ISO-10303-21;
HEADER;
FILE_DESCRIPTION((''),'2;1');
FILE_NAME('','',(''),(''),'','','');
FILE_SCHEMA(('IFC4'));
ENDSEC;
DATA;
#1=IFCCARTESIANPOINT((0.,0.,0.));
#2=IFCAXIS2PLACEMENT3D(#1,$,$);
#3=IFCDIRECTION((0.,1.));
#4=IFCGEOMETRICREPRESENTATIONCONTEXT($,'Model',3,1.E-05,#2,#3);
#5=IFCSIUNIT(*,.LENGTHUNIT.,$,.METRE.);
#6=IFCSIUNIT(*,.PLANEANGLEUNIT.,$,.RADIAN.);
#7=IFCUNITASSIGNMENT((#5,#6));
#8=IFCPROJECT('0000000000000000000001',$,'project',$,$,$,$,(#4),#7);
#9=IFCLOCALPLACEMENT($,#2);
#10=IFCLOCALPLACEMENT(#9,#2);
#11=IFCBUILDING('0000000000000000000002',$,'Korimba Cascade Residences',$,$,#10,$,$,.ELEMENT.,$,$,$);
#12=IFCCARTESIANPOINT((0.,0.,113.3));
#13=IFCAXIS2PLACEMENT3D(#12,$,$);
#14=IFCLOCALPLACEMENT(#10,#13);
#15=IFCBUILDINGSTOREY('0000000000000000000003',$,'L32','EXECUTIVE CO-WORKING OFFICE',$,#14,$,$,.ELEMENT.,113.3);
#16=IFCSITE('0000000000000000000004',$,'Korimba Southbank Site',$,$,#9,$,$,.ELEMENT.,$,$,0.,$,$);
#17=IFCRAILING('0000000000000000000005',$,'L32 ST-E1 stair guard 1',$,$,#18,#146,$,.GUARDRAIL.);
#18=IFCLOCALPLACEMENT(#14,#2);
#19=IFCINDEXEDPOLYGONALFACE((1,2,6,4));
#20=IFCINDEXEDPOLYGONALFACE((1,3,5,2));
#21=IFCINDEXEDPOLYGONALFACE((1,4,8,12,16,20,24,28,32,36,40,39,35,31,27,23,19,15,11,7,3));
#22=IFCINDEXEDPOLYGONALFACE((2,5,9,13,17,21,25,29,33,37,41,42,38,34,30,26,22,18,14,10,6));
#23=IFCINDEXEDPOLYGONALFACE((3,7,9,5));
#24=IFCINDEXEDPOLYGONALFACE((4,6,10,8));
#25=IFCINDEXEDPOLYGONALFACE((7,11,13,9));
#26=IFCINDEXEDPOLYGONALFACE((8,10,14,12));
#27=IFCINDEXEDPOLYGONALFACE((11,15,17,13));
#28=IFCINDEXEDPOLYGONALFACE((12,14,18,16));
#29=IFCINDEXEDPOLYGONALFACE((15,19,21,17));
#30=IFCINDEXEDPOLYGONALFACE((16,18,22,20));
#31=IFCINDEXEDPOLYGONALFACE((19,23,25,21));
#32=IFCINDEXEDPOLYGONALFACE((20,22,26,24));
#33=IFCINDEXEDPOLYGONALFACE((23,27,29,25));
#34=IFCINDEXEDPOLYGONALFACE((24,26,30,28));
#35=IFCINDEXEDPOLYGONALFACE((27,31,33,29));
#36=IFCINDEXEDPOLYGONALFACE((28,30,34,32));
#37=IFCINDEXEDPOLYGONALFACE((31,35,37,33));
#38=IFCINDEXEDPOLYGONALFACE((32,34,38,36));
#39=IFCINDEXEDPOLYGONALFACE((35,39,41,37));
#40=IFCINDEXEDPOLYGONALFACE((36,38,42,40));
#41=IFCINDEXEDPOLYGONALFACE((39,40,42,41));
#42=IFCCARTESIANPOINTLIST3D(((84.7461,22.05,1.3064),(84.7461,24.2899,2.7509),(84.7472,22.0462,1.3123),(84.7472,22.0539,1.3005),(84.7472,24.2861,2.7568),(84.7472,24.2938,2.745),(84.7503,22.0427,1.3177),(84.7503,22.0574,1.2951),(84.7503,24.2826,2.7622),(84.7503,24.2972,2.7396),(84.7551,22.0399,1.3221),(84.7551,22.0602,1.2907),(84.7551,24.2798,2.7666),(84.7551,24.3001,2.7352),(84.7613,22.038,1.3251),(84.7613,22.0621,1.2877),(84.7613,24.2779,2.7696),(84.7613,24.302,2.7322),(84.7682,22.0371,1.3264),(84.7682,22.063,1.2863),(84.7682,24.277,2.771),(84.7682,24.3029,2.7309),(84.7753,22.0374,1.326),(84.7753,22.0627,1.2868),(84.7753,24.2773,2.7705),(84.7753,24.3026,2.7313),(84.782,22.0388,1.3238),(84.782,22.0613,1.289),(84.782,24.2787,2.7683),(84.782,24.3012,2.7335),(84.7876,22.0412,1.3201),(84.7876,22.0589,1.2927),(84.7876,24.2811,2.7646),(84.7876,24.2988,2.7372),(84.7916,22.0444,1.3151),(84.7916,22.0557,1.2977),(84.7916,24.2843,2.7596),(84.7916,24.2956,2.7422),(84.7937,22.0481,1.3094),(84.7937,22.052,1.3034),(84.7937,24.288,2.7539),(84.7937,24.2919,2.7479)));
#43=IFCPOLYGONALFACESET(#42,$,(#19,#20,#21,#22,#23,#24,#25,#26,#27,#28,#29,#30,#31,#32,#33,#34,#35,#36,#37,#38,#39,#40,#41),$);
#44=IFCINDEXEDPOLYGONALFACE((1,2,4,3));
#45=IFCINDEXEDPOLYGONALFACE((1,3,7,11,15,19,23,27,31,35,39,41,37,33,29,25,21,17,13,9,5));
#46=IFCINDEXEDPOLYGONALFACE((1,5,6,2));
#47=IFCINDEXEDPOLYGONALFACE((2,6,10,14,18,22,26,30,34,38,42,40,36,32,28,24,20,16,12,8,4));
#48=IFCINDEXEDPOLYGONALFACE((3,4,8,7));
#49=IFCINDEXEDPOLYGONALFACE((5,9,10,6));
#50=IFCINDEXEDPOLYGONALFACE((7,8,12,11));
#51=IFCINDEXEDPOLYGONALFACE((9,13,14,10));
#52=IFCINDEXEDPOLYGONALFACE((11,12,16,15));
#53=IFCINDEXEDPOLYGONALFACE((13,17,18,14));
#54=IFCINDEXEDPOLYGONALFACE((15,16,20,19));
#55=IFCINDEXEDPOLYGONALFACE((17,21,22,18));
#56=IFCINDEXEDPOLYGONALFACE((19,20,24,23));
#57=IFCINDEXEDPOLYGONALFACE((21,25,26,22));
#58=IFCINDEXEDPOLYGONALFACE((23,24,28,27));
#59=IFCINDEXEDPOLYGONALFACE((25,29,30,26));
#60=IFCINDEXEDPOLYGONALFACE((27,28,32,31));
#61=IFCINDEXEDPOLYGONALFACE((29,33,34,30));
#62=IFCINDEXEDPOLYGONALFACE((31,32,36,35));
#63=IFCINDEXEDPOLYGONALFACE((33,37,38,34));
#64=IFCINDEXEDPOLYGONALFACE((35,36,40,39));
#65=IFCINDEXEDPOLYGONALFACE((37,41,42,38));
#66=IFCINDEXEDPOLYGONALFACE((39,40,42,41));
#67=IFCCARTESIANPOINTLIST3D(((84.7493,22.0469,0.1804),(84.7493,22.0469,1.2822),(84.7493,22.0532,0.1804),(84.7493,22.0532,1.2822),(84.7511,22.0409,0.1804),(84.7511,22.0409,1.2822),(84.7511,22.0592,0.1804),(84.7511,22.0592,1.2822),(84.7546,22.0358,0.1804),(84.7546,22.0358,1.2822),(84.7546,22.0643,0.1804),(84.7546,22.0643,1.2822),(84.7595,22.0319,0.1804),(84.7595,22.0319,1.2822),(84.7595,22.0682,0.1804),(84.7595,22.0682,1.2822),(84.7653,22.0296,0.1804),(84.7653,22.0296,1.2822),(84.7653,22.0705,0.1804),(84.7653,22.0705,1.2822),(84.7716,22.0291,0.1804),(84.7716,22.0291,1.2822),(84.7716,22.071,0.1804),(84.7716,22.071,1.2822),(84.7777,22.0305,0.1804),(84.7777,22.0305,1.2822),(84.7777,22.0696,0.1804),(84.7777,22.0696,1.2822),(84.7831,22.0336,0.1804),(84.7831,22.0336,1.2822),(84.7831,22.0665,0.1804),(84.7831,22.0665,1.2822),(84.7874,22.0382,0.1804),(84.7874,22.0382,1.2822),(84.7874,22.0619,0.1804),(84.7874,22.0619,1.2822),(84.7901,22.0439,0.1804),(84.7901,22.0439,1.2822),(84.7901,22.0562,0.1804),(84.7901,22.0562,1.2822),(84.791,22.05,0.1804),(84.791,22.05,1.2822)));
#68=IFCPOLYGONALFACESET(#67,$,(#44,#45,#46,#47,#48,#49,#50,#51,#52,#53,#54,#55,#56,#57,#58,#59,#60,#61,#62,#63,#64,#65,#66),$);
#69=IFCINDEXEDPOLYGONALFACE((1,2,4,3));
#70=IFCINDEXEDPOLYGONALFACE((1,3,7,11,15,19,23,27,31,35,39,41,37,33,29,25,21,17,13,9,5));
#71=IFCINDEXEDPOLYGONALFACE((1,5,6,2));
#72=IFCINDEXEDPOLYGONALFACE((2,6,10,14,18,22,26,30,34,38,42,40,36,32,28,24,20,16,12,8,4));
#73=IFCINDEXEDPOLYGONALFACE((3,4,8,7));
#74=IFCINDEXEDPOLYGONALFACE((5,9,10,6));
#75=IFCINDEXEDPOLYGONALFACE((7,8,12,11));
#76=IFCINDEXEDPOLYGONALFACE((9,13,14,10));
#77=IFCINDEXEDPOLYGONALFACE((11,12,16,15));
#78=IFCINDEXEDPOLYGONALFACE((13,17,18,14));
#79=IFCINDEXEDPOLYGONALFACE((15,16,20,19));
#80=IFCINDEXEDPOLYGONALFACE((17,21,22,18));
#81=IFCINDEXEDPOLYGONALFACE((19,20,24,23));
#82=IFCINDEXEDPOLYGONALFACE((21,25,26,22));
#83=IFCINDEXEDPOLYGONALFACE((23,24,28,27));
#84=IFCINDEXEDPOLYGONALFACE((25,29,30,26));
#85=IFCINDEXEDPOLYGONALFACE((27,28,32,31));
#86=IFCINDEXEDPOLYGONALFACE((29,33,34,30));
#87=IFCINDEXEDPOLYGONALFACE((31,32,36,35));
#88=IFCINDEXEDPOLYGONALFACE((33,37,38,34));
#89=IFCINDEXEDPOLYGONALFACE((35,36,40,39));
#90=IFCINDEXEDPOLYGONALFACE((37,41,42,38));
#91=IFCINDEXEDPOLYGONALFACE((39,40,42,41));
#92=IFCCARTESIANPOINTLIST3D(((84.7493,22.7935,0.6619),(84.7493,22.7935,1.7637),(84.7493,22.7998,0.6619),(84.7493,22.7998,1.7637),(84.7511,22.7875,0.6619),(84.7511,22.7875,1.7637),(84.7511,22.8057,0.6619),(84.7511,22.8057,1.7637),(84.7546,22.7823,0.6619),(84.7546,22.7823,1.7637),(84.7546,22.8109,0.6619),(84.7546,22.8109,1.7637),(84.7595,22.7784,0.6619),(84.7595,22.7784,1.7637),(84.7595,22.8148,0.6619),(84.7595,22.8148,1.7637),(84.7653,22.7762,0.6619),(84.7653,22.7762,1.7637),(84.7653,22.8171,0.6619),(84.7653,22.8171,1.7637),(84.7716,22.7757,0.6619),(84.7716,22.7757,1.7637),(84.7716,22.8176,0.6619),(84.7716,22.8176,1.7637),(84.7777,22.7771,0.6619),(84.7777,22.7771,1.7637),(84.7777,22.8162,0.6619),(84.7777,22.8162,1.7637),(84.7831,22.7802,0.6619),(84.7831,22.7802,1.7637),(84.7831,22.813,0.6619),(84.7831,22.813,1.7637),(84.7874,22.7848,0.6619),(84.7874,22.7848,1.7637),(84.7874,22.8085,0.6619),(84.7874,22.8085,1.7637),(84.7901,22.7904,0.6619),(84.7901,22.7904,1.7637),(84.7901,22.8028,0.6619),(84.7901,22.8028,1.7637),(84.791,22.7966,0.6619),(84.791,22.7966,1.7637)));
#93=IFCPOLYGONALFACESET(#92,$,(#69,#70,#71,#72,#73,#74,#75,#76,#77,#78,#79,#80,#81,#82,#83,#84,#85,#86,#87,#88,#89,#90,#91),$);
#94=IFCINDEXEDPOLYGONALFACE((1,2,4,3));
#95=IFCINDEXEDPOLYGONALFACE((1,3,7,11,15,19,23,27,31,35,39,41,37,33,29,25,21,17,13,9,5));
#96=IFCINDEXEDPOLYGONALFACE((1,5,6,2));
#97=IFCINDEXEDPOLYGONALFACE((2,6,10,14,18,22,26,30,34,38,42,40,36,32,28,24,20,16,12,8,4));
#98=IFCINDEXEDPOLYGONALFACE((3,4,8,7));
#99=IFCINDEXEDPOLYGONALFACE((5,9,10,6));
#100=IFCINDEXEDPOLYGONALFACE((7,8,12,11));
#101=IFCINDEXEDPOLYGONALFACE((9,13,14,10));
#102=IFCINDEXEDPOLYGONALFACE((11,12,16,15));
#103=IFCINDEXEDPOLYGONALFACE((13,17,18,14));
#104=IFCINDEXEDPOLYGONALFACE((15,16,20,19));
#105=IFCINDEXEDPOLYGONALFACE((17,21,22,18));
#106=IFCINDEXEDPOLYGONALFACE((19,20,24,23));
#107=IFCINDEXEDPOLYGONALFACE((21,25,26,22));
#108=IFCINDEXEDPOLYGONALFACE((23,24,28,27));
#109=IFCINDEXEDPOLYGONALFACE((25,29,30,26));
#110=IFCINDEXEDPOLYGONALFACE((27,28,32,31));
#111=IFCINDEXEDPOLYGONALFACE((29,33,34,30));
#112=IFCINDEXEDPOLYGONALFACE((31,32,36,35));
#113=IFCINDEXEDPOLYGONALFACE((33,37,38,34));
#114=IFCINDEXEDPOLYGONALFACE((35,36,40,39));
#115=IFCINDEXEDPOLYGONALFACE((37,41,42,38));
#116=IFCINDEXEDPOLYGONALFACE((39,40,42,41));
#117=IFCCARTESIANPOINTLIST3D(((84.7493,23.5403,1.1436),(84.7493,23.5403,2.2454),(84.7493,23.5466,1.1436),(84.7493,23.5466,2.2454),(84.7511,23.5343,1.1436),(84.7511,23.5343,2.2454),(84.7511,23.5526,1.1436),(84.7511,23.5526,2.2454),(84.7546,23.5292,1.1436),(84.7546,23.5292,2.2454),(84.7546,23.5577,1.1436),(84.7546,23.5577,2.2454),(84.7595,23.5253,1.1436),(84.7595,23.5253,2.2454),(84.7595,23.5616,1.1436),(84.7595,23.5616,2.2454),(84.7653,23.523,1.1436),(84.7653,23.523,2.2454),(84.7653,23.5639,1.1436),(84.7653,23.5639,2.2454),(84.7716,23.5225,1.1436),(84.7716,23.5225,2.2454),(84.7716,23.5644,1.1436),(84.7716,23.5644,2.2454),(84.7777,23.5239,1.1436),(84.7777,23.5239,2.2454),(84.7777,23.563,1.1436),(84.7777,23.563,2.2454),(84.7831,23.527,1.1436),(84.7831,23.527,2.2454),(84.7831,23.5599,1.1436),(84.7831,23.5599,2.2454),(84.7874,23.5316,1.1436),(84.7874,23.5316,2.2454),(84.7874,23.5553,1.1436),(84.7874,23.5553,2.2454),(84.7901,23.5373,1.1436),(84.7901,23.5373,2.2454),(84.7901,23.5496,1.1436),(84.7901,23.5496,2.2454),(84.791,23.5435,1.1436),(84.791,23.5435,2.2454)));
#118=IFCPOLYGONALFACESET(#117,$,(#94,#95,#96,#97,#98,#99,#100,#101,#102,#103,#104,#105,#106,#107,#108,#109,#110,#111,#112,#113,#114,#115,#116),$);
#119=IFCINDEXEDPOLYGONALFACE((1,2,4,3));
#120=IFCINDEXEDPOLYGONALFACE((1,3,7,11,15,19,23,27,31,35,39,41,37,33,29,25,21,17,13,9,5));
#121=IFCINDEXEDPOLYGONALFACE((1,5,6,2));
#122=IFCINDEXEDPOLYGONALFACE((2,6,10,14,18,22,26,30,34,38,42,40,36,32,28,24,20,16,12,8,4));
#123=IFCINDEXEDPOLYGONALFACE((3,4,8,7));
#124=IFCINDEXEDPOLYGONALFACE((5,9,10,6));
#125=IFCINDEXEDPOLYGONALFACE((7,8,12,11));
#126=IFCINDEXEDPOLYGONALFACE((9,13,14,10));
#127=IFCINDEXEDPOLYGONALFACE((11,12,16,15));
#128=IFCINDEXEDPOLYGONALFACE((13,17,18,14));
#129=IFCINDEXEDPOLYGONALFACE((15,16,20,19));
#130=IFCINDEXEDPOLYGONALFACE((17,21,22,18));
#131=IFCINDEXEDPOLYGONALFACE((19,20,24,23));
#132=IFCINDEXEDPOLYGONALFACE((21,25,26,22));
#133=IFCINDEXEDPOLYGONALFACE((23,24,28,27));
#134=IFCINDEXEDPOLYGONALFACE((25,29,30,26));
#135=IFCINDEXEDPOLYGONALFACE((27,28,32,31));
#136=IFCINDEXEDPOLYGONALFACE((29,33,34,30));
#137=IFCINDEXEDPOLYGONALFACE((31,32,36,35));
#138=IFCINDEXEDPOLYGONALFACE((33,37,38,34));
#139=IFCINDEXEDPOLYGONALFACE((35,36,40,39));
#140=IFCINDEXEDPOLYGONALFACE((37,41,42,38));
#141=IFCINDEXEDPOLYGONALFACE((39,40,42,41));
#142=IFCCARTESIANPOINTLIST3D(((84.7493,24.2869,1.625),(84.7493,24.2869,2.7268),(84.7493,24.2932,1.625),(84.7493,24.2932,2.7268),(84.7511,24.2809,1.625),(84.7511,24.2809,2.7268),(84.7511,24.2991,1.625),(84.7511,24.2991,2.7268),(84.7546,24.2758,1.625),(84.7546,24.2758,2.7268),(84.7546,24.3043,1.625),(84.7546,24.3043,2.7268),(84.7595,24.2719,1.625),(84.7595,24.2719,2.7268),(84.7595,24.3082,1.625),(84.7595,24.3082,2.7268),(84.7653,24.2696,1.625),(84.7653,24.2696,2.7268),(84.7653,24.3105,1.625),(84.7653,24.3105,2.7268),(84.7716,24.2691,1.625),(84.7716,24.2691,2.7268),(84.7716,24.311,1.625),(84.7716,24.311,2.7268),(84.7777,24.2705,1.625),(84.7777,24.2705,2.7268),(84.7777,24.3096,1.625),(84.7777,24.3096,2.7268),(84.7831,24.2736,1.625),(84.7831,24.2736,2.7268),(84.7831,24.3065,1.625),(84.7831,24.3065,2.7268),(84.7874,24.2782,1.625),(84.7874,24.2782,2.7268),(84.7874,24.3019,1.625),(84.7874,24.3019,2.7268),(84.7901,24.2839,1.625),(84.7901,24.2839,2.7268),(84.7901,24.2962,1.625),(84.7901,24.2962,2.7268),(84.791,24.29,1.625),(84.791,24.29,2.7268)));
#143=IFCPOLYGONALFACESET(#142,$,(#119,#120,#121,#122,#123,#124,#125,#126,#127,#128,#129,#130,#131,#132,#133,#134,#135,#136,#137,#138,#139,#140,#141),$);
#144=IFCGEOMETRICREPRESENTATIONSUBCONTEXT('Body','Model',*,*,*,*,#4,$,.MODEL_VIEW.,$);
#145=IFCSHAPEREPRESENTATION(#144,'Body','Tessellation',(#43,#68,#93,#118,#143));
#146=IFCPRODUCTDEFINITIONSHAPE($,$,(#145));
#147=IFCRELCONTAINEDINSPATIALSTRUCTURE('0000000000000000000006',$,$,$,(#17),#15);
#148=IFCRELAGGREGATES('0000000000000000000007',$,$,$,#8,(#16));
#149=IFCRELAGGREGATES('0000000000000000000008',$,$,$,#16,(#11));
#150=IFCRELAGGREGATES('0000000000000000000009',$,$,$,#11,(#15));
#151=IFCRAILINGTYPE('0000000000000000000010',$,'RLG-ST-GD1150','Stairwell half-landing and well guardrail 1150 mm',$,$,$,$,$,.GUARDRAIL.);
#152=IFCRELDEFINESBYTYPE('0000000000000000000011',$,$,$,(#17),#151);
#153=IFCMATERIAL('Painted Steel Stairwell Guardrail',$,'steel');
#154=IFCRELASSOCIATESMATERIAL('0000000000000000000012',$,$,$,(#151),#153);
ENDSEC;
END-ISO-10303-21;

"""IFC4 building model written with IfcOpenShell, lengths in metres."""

from ifc_helpers import new_model, si_unit, direction, frame, origin, origin_2d, place, context, subcontext, project, spatial, circle, extrude, material, type_object, element, save


model = new_model("IFC4")

# Units and contexts
model_context = context("Model", 3, precision=1e-05, world=origin(), true_north=direction((0.0, 1.0)))
body_context = subcontext(model_context, "Body", "Model", "MODEL_VIEW")
ifc_project = project(units=[si_unit("LENGTHUNIT", "METRE"), si_unit("PLANEANGLEUNIT", "RADIAN")], contexts=[model_context])

# Site, building, storey
site_placement = place(None, origin())
site = spatial("IfcSite", under=ifc_project, at=site_placement, Name="Korimba Southbank Site", CompositionType="ELEMENT", RefElevation=0.0)
building_placement = place(site_placement, origin())
building = spatial("IfcBuilding", under=site, at=building_placement, Name="Korimba Cascade Residences", CompositionType="ELEMENT")
storey_placement = place(building_placement, frame((0.0, 0.0, 113.3)))
storey = spatial("IfcBuildingStorey", under=building, at=storey_placement, Name="L32", Description="EXECUTIVE CO-WORKING OFFICE", CompositionType="ELEMENT", Elevation=113.3)

# Railing
ifc_material_1 = material(Name="Painted Steel Stairwell Guardrail", Category="steel")
railing_type_1 = type_object("IfcRailingType", Name="RLG-ST-GD1150", Description="Stairwell half-landing and well guardrail 1150 mm", PredefinedType="GUARDRAIL", material=ifc_material_1)
railing_1_placement = place(storey_placement, frame((84.77, 22.05, 0.1804)))
element("IfcRailing", 1, at=railing_1_placement, inside=storey, type_object=railing_type_1, Name="L32 ST-E1 stair guard 1", PredefinedType="GUARDRAIL", context=body_context, shape_type="SweptSolid", body=[
    extrude(circle(Radius=0.0239, at=origin_2d()), frame((0.0, 0.0, 1.126), z_axis=(0.0, 0.840395, 0.541975), x_axis=(-1.0, 0.0, 0.0)), (0.0, 0.0, 1.0), 2.6653),
    extrude(circle(Radius=0.021, at=origin_2d()), origin(), (0.0, 0.0, 1.0), 1.1018),
    extrude(circle(Radius=0.021, at=origin_2d()), frame((0.0, 0.7466, 0.4814)), (0.0, 0.0, 1.0), 1.1018),
    extrude(circle(Radius=0.021, at=origin_2d()), frame((0.0, 1.4934, 0.9631)), (0.0, 0.0, 1.0), 1.1018),
    extrude(circle(Radius=0.021, at=origin_2d()), frame((0.0, 2.24, 1.4446)), (0.0, 0.0, 1.0), 1.1018),
])

save(model, "model.ifc")
